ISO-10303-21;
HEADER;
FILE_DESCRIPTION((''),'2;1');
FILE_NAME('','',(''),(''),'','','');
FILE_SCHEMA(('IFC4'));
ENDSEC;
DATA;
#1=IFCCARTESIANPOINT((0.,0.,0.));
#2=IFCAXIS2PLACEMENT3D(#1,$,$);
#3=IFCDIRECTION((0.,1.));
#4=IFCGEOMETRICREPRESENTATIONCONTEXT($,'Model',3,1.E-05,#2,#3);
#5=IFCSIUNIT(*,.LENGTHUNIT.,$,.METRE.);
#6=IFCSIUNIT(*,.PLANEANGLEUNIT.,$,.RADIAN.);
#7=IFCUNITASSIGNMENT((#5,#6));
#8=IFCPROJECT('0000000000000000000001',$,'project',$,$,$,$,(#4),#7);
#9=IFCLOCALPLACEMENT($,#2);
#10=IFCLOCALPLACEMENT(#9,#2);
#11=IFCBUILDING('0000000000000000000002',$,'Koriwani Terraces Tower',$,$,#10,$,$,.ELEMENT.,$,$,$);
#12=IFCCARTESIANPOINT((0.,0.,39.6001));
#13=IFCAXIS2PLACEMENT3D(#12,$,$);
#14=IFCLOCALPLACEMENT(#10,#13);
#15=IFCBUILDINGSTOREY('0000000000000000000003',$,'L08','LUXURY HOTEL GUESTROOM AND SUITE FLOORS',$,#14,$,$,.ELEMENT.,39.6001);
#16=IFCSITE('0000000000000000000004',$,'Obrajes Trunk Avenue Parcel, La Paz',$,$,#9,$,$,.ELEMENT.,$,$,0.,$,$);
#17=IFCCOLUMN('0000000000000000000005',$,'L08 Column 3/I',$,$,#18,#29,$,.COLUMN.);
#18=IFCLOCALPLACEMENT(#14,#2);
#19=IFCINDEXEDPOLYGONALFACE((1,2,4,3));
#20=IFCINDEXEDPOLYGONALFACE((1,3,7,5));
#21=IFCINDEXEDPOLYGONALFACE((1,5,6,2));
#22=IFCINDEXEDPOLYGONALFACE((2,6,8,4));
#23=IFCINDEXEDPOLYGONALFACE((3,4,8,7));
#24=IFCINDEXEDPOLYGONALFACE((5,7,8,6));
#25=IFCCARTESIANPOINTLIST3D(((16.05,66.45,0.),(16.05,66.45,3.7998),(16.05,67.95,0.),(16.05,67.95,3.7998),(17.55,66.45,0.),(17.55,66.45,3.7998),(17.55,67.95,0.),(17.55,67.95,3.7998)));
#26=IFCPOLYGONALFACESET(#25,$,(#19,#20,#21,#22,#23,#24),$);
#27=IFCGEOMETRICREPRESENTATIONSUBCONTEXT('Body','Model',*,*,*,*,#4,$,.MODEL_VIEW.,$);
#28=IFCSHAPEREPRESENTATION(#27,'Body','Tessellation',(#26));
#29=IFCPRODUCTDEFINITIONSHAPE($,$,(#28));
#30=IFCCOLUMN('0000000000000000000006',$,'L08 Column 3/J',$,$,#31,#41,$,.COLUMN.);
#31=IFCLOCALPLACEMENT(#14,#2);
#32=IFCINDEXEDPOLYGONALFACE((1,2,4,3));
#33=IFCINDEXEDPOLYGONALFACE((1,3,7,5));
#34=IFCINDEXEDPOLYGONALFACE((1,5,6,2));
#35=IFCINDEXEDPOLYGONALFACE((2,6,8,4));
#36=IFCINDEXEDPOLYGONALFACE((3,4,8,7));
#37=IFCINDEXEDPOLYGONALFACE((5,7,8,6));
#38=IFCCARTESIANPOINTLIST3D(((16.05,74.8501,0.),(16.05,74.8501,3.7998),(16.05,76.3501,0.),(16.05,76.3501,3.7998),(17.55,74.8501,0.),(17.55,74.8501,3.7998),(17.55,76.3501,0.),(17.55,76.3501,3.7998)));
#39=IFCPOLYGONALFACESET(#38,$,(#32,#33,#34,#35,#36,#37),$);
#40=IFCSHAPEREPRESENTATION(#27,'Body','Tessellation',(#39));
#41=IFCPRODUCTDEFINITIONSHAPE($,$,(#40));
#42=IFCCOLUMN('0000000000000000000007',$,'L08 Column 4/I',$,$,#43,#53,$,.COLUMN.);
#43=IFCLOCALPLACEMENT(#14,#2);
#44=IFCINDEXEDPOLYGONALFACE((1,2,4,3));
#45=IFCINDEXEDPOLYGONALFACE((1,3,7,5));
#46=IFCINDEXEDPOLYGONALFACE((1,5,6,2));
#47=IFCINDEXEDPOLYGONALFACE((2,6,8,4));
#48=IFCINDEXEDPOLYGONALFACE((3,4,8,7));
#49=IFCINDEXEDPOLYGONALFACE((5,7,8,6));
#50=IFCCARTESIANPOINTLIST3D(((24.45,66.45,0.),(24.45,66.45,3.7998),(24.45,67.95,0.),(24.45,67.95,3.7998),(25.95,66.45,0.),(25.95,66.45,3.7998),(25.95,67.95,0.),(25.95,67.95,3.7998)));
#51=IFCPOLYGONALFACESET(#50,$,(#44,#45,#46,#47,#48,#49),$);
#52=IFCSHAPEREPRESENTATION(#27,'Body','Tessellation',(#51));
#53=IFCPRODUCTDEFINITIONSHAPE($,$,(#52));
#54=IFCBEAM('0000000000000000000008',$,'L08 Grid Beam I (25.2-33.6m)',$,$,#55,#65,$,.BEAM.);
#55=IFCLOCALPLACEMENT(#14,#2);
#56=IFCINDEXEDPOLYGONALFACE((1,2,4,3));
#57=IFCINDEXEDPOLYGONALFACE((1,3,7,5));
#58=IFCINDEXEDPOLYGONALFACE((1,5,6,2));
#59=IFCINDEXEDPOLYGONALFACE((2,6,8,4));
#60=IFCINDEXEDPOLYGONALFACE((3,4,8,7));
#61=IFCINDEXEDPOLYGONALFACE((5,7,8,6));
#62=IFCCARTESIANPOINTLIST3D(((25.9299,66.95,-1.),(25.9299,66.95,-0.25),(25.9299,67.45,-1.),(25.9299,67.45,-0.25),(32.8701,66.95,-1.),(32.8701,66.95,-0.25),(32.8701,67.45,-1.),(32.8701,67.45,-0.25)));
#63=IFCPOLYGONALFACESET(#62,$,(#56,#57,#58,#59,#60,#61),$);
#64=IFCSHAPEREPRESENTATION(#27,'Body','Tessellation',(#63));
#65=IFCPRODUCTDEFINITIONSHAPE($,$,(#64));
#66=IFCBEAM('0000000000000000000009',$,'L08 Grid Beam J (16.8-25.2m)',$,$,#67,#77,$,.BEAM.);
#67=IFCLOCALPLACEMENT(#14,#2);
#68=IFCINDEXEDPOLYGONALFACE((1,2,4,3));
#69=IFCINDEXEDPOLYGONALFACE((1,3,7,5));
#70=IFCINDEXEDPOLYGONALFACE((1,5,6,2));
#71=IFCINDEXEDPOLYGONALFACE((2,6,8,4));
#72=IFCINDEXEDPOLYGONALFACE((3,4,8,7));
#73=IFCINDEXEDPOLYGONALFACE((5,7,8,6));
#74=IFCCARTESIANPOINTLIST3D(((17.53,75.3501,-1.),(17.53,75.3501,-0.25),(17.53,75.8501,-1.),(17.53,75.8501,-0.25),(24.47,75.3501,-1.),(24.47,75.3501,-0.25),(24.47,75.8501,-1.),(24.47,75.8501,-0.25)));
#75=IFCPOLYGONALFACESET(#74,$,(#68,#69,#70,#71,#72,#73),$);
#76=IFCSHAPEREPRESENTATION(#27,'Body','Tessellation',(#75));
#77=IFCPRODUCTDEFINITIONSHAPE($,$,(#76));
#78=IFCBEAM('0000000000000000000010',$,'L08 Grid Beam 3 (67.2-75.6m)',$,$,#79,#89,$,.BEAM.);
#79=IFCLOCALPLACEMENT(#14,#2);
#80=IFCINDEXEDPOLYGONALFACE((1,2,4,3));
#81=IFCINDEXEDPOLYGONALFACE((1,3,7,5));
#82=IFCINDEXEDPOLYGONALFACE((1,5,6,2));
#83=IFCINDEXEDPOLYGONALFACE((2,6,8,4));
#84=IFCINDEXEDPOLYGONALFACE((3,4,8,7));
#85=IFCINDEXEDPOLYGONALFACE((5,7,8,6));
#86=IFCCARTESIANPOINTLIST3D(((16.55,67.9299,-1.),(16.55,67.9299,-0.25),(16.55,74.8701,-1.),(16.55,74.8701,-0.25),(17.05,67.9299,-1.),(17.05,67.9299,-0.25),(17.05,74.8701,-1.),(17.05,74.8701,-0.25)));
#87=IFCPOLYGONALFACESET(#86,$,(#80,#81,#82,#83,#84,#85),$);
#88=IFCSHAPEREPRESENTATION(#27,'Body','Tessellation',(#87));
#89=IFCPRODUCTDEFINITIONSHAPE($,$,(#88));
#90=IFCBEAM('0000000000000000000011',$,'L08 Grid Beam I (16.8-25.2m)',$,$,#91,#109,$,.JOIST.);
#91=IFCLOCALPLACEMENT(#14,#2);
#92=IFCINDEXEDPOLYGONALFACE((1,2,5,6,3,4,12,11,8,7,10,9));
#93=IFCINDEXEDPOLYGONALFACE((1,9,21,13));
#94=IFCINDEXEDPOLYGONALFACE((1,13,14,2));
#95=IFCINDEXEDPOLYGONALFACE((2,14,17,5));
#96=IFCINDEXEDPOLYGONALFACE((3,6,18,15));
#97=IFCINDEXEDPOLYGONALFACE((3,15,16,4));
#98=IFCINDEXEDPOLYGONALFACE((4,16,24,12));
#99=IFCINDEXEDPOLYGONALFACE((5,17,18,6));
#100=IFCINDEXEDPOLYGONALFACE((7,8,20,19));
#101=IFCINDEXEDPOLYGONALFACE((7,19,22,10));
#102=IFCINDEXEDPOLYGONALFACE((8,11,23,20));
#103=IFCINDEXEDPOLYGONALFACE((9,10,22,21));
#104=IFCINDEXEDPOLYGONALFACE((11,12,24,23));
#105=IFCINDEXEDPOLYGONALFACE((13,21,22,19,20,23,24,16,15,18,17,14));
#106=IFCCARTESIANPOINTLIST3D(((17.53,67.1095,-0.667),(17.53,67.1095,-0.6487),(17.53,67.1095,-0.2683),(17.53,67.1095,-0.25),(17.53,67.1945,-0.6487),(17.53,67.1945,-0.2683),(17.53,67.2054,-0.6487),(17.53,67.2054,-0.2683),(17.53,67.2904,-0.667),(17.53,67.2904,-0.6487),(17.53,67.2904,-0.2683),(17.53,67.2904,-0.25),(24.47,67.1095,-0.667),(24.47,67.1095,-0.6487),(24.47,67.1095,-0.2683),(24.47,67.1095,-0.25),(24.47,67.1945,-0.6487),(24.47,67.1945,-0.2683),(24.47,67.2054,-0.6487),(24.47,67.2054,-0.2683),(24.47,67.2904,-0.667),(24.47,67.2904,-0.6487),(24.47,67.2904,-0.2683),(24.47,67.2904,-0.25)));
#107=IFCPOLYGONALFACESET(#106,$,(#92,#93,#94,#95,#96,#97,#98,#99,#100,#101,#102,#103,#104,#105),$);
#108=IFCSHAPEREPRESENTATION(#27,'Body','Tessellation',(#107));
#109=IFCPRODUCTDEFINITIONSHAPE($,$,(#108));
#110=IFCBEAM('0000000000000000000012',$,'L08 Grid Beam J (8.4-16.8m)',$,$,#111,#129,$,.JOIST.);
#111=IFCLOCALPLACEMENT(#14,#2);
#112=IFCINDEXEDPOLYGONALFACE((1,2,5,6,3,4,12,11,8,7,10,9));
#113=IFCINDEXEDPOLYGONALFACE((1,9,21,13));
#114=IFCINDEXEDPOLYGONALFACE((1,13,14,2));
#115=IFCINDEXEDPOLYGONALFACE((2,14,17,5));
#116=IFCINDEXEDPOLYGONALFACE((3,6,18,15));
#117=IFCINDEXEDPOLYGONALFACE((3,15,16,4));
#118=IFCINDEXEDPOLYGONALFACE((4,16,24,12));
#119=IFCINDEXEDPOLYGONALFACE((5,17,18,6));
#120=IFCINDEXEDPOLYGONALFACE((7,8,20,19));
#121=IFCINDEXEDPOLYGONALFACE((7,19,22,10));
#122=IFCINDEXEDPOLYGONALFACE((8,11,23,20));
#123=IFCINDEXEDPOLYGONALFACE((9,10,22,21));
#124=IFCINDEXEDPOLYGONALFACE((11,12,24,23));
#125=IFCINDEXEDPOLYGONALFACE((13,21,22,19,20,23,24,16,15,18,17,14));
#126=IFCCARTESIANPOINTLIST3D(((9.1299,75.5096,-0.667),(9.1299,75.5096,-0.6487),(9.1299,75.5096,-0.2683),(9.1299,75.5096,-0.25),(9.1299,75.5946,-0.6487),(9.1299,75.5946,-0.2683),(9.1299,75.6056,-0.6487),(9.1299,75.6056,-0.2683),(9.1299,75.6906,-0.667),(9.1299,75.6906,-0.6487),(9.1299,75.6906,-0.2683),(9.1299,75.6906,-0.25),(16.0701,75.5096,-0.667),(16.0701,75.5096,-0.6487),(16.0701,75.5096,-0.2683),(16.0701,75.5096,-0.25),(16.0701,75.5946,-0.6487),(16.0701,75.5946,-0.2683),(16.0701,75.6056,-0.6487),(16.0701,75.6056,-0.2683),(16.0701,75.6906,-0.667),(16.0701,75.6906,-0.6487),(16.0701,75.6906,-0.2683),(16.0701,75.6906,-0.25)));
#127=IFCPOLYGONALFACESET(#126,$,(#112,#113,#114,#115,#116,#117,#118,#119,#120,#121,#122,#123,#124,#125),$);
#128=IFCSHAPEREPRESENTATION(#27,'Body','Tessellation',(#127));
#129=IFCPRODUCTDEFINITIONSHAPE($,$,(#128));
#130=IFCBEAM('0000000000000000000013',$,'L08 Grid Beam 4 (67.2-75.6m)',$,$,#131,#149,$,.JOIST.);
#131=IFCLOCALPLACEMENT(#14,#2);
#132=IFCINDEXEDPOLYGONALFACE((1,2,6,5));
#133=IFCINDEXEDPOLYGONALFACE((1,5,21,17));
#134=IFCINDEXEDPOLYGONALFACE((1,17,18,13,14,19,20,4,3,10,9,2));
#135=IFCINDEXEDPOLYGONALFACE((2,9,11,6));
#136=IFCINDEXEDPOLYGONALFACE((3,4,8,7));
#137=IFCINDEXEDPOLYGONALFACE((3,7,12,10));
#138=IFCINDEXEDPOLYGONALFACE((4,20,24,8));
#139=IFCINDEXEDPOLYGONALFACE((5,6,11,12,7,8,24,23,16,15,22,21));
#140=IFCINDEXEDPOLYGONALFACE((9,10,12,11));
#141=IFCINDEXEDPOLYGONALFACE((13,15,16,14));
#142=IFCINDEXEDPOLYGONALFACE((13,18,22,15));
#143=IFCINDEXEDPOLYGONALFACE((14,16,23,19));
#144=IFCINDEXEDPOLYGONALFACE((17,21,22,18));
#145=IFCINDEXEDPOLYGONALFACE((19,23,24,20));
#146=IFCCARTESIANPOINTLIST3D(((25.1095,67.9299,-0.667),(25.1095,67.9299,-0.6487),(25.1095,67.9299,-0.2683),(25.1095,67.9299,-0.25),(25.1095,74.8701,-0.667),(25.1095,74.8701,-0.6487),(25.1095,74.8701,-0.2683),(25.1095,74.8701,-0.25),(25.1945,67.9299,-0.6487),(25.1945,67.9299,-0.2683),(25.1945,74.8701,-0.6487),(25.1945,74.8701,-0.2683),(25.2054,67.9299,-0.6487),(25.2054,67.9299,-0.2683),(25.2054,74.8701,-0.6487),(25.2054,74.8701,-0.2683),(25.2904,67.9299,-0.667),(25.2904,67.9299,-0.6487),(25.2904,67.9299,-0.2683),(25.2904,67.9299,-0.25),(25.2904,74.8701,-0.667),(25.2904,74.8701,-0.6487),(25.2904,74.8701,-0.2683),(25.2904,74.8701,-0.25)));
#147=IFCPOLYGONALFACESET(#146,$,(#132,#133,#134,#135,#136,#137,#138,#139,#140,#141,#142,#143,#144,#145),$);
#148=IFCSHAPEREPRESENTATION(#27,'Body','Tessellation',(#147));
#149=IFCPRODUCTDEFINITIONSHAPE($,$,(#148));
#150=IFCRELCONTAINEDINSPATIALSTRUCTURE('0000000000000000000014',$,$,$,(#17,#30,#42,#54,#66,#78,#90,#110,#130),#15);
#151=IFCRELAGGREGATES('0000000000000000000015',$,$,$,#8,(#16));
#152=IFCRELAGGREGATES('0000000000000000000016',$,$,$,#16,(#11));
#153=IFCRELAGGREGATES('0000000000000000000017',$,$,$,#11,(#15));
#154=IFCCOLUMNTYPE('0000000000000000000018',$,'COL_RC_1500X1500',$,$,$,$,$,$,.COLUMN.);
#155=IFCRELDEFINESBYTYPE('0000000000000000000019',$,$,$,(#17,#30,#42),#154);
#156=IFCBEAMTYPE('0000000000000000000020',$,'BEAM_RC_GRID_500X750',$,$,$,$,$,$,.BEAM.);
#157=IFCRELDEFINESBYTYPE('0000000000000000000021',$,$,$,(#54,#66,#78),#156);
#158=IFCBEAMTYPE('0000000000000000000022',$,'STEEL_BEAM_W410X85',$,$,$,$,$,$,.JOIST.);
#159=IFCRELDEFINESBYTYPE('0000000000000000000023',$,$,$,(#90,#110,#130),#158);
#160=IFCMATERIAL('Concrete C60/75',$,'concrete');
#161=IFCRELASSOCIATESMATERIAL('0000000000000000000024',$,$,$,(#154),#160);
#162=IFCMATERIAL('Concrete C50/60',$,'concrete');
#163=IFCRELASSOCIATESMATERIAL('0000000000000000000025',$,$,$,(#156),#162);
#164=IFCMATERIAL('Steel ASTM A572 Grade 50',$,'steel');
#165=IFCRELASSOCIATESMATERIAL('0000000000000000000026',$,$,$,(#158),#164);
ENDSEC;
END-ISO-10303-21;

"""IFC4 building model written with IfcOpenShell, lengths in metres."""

from ifc_helpers import new_model, si_unit, direction, frame, origin, origin_2d, place, context, subcontext, project, spatial, rectangle, i_section, extrude, material, material_profile, profile_set, type_object, element, save


model = new_model("IFC4")

# Units and contexts
model_context = context("Model", 3, precision=1e-05, world=origin(), true_north=direction((0.0, 1.0)))
body_context = subcontext(model_context, "Body", "Model", "MODEL_VIEW")
ifc_project = project(units=[si_unit("LENGTHUNIT", "METRE"), si_unit("PLANEANGLEUNIT", "RADIAN")], contexts=[model_context])

# Site, building, storey
site_placement = place(None, origin())
site = spatial("IfcSite", under=ifc_project, at=site_placement, Name="Obrajes Trunk Avenue Parcel, La Paz", CompositionType="ELEMENT", RefElevation=0.0)
building_placement = place(site_placement, origin())
building = spatial("IfcBuilding", under=site, at=building_placement, Name="Koriwani Terraces Tower", CompositionType="ELEMENT")
storey_placement = place(building_placement, frame((0.0, 0.0, 39.6001)))
storey = spatial("IfcBuildingStorey", under=building, at=storey_placement, Name="L08", Description="LUXURY HOTEL GUESTROOM AND SUITE FLOORS", CompositionType="ELEMENT", Elevation=39.6001)

# Columns
ifc_material_1 = material(Name="Concrete C60/75", Category="concrete")
ifc_material_profile_1 = material_profile(ifc_material_1, rectangle(XDim=1.5, YDim=1.5, at=origin_2d()), Name="Concrete C60/75", Category="LoadBearing")
ifc_profile_set_1 = profile_set([ifc_material_profile_1], Name="Concrete C60/75")
column_type = type_object("IfcColumnType", Name="COL_RC_1500X1500", PredefinedType="COLUMN", material=ifc_profile_set_1)
for number, where, z_axis, x_axis, name in (
    (1, (16.8, 67.2, 0.0), (0.0, 0.0, 1.0), (1.0, 0.0, 0.0), "L08 Column 3/I"),
    (2, (16.8, 75.6001, 0.0), (0.0, 0.0, 1.0), (1.0, 0.0, 0.0), "L08 Column 3/J"),
    (3, (25.2, 67.2, 0.0), (0.0, 0.0, 1.0), (1.0, 0.0, 0.0), "L08 Column 4/I"),
):
    element("IfcColumn", number, at=place(storey_placement, frame(where, z_axis=z_axis, x_axis=x_axis)), inside=storey, type_object=column_type, Name=name, PredefinedType="COLUMN", context=body_context, shape_type="SweptSolid", body=[
        extrude(rectangle(XDim=1.5, YDim=1.5, at=origin_2d()), origin(), (0.0, 0.0, 1.0), 3.7998),
    ])

# Beams
ifc_material_2 = material(Name="Concrete C50/60", Category="concrete")
ifc_material_profile_2 = material_profile(ifc_material_2, rectangle(XDim=0.5, YDim=0.75, at=origin_2d()), Name="Concrete C50/60", Category="LoadBearing")
ifc_profile_set_2 = profile_set([ifc_material_profile_2], Name="Concrete C50/60")
beam_type_1 = type_object("IfcBeamType", Name="BEAM_RC_GRID_500X750", PredefinedType="BEAM", material=ifc_profile_set_2)
beam_1_placement = place(storey_placement, frame((25.9299, 67.2, -0.625), z_axis=(1.0, 0.0, 0.0), x_axis=(0.0, 1.0, 0.0)))
element("IfcBeam", 4, at=beam_1_placement, inside=storey, type_object=beam_type_1, Name="L08 Grid Beam I (25.2-33.6m)", PredefinedType="BEAM", context=body_context, shape_type="SweptSolid", body=[
    extrude(rectangle(XDim=0.5, YDim=0.75, at=origin_2d()), origin(), (0.0, 0.0, 1.0), 6.9402),
])
beam_2_placement = place(storey_placement, frame((17.53, 75.6001, -0.625), z_axis=(1.0, 0.0, 0.0), x_axis=(0.0, 1.0, 0.0)))
element("IfcBeam", 5, at=beam_2_placement, inside=storey, type_object=beam_type_1, Name="L08 Grid Beam J (16.8-25.2m)", PredefinedType="BEAM", context=body_context, shape_type="SweptSolid", body=[
    extrude(rectangle(XDim=0.5, YDim=0.75, at=origin_2d()), origin(), (0.0, 0.0, 1.0), 6.9399),
])
beam_3_placement = place(storey_placement, frame((16.8, 67.9299, -0.625), z_axis=(0.0, 1.0, 0.0), x_axis=(-1.0, 0.0, 0.0)))
element("IfcBeam", 6, at=beam_3_placement, inside=storey, type_object=beam_type_1, Name="L08 Grid Beam 3 (67.2-75.6m)", PredefinedType="BEAM", context=body_context, shape_type="SweptSolid", body=[
    extrude(rectangle(XDim=0.5, YDim=0.75, at=origin_2d()), origin(), (0.0, 0.0, 1.0), 6.9402),
])
ifc_material_3 = material(Name="Steel ASTM A572 Grade 50", Category="steel")
ifc_material_profile_3 = material_profile(ifc_material_3, i_section(OverallWidth=0.1809, OverallDepth=0.417, WebThickness=0.011, FlangeThickness=0.0183, at=origin_2d()), Name="Steel ASTM A572 Grade 50", Category="LoadBearing")
ifc_profile_set_3 = profile_set([ifc_material_profile_3], Name="Steel ASTM A572 Grade 50")
beam_type_2 = type_object("IfcBeamType", Name="STEEL_BEAM_W410X85", PredefinedType="JOIST", material=ifc_profile_set_3)
beam_4_placement = place(storey_placement, frame((17.53, 67.2, -0.4585), z_axis=(1.0, 0.0, 0.0), x_axis=(0.0, 1.0, 0.0)))
element("IfcBeam", 7, at=beam_4_placement, inside=storey, type_object=beam_type_2, Name="L08 Grid Beam I (16.8-25.2m)", PredefinedType="JOIST", context=body_context, shape_type="SweptSolid", body=[
    extrude(i_section(OverallWidth=0.1809, OverallDepth=0.417, WebThickness=0.011, FlangeThickness=0.0183, at=origin_2d()), origin(), (0.0, 0.0, 1.0), 6.9399),
])
for number, where, z_axis, x_axis, name in (
    (8, (9.1299, 75.6001, -0.4585), (1.0, 0.0, 0.0), (0.0, 1.0, 0.0), "L08 Grid Beam J (8.4-16.8m)"),
    (9, (25.2, 67.9299, -0.4585), (0.0, 1.0, 0.0), (-1.0, 0.0, 0.0), "L08 Grid Beam 4 (67.2-75.6m)"),
):
    element("IfcBeam", number, at=place(storey_placement, frame(where, z_axis=z_axis, x_axis=x_axis)), inside=storey, type_object=beam_type_2, Name=name, PredefinedType="JOIST", context=body_context, shape_type="SweptSolid", body=[
        extrude(i_section(OverallWidth=0.1809, OverallDepth=0.417, WebThickness=0.011, FlangeThickness=0.0183, at=origin_2d()), origin(), (0.0, 0.0, 1.0), 6.9402),
    ])

save(model, "model.ifc")
